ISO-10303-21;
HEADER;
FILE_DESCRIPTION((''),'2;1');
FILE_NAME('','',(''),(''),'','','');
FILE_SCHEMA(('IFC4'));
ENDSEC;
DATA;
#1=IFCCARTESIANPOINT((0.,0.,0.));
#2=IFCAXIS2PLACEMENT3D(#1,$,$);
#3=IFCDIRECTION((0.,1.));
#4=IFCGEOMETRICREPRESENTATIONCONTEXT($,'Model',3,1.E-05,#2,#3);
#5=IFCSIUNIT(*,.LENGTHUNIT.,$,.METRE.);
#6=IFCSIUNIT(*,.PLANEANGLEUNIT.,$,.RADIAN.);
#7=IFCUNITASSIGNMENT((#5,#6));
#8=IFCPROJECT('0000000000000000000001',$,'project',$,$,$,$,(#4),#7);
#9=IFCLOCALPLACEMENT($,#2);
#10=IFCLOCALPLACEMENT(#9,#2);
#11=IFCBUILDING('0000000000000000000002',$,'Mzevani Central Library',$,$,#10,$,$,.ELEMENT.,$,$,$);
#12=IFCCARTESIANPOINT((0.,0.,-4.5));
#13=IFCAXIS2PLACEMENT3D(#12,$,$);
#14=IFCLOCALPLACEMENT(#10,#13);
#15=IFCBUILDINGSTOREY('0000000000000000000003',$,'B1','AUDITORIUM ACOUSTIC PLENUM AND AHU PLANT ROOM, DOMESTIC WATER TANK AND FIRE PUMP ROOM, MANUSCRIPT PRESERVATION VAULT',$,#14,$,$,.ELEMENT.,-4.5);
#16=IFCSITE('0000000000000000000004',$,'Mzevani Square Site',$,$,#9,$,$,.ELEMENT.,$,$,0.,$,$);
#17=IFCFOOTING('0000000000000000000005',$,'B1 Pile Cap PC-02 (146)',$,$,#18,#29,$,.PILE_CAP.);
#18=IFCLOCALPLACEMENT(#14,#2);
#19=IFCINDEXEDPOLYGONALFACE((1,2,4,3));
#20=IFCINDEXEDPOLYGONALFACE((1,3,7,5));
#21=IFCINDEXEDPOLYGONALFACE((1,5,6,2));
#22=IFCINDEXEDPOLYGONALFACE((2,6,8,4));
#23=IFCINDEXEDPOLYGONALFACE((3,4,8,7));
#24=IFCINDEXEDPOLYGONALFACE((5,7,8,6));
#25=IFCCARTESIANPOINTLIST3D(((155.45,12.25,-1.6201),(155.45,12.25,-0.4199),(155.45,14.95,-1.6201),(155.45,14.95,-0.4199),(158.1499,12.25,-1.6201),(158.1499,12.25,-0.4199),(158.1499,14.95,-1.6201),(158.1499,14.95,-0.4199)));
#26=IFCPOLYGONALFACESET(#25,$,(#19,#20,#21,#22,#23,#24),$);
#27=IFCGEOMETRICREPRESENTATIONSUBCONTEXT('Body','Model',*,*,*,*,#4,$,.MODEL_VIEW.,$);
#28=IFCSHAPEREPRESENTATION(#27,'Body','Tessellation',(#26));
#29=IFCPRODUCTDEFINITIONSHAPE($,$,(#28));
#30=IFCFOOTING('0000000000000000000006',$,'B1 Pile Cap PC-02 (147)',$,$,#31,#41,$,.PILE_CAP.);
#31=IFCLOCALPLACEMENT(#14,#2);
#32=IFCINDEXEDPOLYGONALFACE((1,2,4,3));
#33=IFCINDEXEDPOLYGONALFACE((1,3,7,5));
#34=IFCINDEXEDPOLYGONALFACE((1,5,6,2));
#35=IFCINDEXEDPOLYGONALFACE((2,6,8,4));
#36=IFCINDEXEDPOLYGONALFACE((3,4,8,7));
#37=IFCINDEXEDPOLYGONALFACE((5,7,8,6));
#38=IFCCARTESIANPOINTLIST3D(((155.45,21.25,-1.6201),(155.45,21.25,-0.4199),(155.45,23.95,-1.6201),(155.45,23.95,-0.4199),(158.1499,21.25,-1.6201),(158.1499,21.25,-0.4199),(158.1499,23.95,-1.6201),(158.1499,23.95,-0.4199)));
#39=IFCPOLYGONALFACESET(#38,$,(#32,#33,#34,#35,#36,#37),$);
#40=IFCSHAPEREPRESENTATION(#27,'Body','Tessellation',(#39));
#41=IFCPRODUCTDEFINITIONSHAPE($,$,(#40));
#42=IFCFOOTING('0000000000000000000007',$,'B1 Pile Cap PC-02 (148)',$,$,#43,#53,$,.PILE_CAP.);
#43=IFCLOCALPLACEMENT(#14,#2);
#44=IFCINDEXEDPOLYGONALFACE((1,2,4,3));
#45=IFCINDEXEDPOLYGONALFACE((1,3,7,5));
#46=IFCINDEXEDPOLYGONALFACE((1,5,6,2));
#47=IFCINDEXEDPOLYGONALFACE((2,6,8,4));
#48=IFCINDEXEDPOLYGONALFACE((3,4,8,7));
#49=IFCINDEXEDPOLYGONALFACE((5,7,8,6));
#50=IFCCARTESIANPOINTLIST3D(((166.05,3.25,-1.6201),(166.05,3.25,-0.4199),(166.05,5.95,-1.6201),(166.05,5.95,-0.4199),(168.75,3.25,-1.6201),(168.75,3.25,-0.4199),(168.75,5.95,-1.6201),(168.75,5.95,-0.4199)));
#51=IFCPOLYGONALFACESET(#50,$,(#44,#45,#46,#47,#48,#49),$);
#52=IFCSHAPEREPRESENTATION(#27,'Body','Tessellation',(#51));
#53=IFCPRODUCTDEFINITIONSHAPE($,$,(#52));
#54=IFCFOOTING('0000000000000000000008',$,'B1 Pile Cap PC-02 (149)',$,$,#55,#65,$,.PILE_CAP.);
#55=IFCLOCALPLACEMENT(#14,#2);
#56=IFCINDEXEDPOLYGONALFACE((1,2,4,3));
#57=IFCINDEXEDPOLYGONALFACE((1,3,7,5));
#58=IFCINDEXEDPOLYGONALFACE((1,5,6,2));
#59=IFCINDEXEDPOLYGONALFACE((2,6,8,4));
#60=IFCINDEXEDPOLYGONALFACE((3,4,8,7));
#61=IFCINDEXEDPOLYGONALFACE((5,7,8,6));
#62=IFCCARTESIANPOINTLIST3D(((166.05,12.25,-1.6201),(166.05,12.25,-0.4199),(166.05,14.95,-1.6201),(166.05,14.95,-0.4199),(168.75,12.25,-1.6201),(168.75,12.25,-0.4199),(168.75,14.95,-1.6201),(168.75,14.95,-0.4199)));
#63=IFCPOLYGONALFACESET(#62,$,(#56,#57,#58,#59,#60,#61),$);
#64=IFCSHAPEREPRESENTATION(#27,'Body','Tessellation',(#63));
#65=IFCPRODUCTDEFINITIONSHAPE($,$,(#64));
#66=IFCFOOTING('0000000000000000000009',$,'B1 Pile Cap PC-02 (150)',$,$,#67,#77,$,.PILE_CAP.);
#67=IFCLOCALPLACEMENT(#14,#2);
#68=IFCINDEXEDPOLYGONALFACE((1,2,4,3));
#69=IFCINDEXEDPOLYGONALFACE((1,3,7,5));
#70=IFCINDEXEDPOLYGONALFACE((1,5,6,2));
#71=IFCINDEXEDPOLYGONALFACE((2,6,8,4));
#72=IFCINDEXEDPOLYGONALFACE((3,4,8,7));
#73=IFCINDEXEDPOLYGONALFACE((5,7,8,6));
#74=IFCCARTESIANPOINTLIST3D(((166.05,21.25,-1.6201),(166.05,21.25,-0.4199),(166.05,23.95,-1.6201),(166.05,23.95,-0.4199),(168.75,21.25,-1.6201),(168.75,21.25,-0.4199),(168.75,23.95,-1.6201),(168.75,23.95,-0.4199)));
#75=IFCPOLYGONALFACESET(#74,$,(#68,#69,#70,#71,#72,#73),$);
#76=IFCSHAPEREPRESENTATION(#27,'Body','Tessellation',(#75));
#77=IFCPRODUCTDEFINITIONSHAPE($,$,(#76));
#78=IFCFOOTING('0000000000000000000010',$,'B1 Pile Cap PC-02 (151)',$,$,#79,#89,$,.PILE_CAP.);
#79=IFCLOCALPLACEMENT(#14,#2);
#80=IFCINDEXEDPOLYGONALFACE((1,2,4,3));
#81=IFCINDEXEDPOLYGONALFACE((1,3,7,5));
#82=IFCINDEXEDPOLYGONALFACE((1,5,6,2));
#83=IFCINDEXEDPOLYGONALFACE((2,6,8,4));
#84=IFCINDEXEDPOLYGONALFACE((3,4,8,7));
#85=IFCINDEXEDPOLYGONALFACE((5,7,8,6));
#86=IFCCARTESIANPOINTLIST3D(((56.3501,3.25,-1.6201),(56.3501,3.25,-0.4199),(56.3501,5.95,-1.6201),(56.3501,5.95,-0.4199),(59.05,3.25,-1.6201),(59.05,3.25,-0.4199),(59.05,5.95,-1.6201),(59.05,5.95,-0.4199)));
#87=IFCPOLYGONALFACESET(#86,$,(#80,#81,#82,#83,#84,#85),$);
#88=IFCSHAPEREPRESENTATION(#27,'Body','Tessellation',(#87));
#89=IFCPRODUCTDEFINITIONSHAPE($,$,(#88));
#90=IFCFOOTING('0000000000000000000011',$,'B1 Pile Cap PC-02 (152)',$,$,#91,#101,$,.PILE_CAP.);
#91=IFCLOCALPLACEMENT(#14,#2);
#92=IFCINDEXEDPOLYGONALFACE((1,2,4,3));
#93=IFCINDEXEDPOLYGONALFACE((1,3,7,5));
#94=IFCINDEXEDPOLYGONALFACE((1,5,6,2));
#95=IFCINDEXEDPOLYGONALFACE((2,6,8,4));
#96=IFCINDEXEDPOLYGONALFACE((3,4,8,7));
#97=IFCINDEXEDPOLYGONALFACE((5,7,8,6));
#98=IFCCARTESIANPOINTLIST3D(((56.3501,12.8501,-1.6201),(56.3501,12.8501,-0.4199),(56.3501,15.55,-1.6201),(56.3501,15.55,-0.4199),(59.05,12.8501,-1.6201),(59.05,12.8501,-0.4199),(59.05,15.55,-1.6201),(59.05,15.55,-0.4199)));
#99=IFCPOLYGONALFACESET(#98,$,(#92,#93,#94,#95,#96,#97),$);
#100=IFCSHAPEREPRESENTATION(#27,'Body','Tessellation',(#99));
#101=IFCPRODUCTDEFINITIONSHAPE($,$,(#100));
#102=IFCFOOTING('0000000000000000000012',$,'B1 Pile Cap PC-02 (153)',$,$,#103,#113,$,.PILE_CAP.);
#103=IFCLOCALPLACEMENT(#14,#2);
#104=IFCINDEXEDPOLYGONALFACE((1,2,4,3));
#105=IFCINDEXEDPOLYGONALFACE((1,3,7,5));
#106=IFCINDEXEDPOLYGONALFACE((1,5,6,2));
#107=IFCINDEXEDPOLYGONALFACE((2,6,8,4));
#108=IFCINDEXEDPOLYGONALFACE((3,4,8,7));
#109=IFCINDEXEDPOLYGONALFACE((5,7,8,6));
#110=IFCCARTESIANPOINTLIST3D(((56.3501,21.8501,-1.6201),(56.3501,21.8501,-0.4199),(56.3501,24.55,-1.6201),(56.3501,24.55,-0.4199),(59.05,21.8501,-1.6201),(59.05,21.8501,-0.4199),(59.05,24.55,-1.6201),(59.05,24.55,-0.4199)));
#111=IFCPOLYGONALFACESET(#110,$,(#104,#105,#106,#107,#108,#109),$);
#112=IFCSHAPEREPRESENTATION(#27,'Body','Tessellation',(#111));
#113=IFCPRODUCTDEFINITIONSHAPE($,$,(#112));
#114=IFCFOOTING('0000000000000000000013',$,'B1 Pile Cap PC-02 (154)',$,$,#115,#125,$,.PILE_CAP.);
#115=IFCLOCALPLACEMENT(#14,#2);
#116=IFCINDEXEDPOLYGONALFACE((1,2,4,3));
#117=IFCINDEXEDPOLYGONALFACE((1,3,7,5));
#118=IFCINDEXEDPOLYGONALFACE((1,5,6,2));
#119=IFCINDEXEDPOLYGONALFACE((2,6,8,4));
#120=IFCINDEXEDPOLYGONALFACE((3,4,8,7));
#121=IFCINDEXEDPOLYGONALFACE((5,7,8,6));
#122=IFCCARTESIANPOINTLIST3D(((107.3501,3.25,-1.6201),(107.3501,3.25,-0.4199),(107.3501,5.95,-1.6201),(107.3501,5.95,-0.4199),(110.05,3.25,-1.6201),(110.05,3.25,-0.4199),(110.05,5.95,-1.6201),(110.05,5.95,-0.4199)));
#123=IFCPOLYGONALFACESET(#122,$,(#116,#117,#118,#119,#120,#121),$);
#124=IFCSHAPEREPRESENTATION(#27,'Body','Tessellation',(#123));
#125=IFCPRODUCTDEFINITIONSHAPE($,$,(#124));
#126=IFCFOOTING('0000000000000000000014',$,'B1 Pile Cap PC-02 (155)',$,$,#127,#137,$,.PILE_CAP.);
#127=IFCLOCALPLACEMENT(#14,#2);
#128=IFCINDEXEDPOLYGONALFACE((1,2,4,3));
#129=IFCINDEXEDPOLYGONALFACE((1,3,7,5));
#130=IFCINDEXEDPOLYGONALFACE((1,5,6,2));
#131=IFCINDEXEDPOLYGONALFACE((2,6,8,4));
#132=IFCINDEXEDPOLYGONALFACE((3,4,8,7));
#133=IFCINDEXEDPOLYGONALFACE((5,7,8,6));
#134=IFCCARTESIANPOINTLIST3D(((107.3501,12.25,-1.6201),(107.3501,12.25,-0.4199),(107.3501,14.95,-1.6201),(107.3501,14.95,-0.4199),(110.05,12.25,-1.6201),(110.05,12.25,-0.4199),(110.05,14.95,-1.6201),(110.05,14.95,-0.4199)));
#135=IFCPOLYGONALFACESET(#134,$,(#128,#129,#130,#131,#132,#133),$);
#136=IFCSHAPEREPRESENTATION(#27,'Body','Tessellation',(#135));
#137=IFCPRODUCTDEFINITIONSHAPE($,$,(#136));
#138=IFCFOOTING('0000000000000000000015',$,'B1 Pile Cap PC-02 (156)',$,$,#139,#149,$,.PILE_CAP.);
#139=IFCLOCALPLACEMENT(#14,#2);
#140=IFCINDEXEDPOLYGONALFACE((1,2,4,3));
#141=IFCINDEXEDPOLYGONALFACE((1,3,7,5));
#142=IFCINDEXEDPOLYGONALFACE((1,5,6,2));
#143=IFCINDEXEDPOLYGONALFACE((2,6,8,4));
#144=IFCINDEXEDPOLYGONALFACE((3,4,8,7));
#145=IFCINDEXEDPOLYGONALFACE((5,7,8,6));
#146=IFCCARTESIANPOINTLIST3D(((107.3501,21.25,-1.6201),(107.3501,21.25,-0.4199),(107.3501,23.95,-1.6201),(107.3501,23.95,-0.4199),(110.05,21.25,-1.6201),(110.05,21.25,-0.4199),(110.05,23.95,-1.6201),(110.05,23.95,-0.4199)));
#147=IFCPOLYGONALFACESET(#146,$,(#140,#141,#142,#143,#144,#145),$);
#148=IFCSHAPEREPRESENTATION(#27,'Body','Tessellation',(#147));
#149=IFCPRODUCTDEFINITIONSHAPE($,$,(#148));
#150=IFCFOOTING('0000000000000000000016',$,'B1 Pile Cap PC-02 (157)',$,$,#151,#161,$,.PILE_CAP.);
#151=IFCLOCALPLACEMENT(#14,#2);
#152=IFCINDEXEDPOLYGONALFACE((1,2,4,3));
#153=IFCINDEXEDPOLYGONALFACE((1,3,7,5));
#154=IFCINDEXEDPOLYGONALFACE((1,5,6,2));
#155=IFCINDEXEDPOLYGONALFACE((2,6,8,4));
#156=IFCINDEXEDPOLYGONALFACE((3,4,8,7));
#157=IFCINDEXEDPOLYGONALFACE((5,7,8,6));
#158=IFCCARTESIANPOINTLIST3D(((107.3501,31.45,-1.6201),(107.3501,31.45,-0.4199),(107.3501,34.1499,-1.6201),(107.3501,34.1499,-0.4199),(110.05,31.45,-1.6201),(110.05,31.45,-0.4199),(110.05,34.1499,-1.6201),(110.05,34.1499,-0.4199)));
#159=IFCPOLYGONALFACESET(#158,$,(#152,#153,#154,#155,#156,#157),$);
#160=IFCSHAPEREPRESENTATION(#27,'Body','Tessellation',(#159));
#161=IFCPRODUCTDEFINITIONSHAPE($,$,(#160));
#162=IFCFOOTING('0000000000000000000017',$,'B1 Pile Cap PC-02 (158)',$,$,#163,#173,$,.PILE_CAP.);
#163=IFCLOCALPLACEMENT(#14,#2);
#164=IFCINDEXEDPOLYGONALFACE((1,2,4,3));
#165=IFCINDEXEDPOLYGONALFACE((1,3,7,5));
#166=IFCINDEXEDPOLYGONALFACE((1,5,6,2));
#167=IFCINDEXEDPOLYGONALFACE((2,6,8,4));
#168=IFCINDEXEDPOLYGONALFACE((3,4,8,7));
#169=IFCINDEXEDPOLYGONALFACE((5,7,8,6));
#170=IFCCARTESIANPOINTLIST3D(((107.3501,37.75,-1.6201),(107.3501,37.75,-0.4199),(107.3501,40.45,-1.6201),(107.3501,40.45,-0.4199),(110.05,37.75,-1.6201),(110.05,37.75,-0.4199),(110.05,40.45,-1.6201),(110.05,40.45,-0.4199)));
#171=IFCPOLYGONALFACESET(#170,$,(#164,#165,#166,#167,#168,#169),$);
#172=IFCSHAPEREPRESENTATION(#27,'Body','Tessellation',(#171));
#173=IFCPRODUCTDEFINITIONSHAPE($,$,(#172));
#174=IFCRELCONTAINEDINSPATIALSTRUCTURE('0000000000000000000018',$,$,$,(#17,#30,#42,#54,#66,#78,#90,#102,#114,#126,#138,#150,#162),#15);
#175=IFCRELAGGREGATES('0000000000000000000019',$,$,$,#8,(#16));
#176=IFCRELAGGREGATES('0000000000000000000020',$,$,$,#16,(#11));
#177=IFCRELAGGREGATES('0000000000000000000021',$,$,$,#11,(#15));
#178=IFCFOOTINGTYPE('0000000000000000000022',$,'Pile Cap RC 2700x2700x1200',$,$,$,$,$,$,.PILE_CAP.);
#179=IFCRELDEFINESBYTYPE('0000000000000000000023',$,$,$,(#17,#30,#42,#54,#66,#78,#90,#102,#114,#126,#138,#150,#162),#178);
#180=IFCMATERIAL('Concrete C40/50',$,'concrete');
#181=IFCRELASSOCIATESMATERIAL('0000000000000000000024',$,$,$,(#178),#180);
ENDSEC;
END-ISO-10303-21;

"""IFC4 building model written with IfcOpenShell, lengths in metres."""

from ifc_helpers import new_model, si_unit, direction, frame, origin, place, context, subcontext, project, spatial, polyline, outline, extrude, material, type_object, element, save


model = new_model("IFC4")

# Units and contexts
model_context = context("Model", 3, precision=1e-05, world=origin(), true_north=direction((0.0, 1.0)))
body_context = subcontext(model_context, "Body", "Model", "MODEL_VIEW")
ifc_project = project(units=[si_unit("LENGTHUNIT", "METRE"), si_unit("PLANEANGLEUNIT", "RADIAN")], contexts=[model_context])

# Site, building, storey
site_placement = place(None, origin())
site = spatial("IfcSite", under=ifc_project, at=site_placement, Name="Mzevani Square Site", CompositionType="ELEMENT", RefElevation=0.0)
building_placement = place(site_placement, origin())
building = spatial("IfcBuilding", under=site, at=building_placement, Name="Mzevani Central Library", CompositionType="ELEMENT")
storey_placement = place(building_placement, frame((0.0, 0.0, -4.5)))
storey = spatial("IfcBuildingStorey", under=building, at=storey_placement, Name="B1", Description="AUDITORIUM ACOUSTIC PLENUM AND AHU PLANT ROOM, DOMESTIC WATER TANK AND FIRE PUMP ROOM, MANUSCRIPT PRESERVATION VAULT", CompositionType="ELEMENT", Elevation=-4.5)

# Footings
ifc_material = material(Name="Concrete C40/50", Category="concrete")
footing_type = type_object("IfcFootingType", Name="Pile Cap RC 2700x2700x1200", PredefinedType="PILE_CAP", material=ifc_material)
footing_1_placement = place(storey_placement, frame((0.0, 0.0, -1.6201)))
element("IfcFooting", 1, at=footing_1_placement, inside=storey, type_object=footing_type, Name="B1 Pile Cap PC-02 (146)", PredefinedType="PILE_CAP", context=body_context, shape_type="SweptSolid", body=[
    extrude(outline(polyline([(155.45, 12.25), (158.1499, 12.25), (158.1499, 14.95), (155.45, 14.95), (155.45, 12.25)])), origin(), (0.0, 0.0, 1.0), 1.2002),
])
footing_2_placement = place(storey_placement, frame((0.0, 0.0, -1.6201)))
element("IfcFooting", 2, at=footing_2_placement, inside=storey, type_object=footing_type, Name="B1 Pile Cap PC-02 (147)", PredefinedType="PILE_CAP", context=body_context, shape_type="SweptSolid", body=[
    extrude(outline(polyline([(155.45, 21.25), (158.1499, 21.25), (158.1499, 23.95), (155.45, 23.95), (155.45, 21.25)])), origin(), (0.0, 0.0, 1.0), 1.2002),
])
footing_3_placement = place(storey_placement, frame((0.0, 0.0, -1.6201)))
element("IfcFooting", 3, at=footing_3_placement, inside=storey, type_object=footing_type, Name="B1 Pile Cap PC-02 (148)", PredefinedType="PILE_CAP", context=body_context, shape_type="SweptSolid", body=[
    extrude(outline(polyline([(166.05, 3.25), (168.75, 3.25), (168.75, 5.95), (166.05, 5.95), (166.05, 3.25)])), origin(), (0.0, 0.0, 1.0), 1.2002),
])
footing_4_placement = place(storey_placement, frame((0.0, 0.0, -1.6201)))
element("IfcFooting", 4, at=footing_4_placement, inside=storey, type_object=footing_type, Name="B1 Pile Cap PC-02 (149)", PredefinedType="PILE_CAP", context=body_context, shape_type="SweptSolid", body=[
    extrude(outline(polyline([(166.05, 12.25), (168.75, 12.25), (168.75, 14.95), (166.05, 14.95), (166.05, 12.25)])), origin(), (0.0, 0.0, 1.0), 1.2002),
])
footing_5_placement = place(storey_placement, frame((0.0, 0.0, -1.6201)))
element("IfcFooting", 5, at=footing_5_placement, inside=storey, type_object=footing_type, Name="B1 Pile Cap PC-02 (150)", PredefinedType="PILE_CAP", context=body_context, shape_type="SweptSolid", body=[
    extrude(outline(polyline([(166.05, 21.25), (168.75, 21.25), (168.75, 23.95), (166.05, 23.95), (166.05, 21.25)])), origin(), (0.0, 0.0, 1.0), 1.2002),
])
footing_6_placement = place(storey_placement, frame((0.0, 0.0, -1.6201)))
element("IfcFooting", 6, at=footing_6_placement, inside=storey, type_object=footing_type, Name="B1 Pile Cap PC-02 (151)", PredefinedType="PILE_CAP", context=body_context, shape_type="SweptSolid", body=[
    extrude(outline(polyline([(56.3501, 3.25), (59.05, 3.25), (59.05, 5.95), (56.3501, 5.95), (56.3501, 3.25)])), origin(), (0.0, 0.0, 1.0), 1.2002),
])
footing_7_placement = place(storey_placement, frame((0.0, 0.0, -1.6201)))
element("IfcFooting", 7, at=footing_7_placement, inside=storey, type_object=footing_type, Name="B1 Pile Cap PC-02 (152)", PredefinedType="PILE_CAP", context=body_context, shape_type="SweptSolid", body=[
    extrude(outline(polyline([(56.3501, 12.8501), (59.05, 12.8501), (59.05, 15.55), (56.3501, 15.55), (56.3501, 12.8501)])), origin(), (0.0, 0.0, 1.0), 1.2002),
])
footing_8_placement = place(storey_placement, frame((0.0, 0.0, -1.6201)))
element("IfcFooting", 8, at=footing_8_placement, inside=storey, type_object=footing_type, Name="B1 Pile Cap PC-02 (153)", PredefinedType="PILE_CAP", context=body_context, shape_type="SweptSolid", body=[
    extrude(outline(polyline([(56.3501, 21.8501), (59.05, 21.8501), (59.05, 24.55), (56.3501, 24.55), (56.3501, 21.8501)])), origin(), (0.0, 0.0, 1.0), 1.2002),
])
footing_9_placement = place(storey_placement, frame((0.0, 0.0, -1.6201)))
element("IfcFooting", 9, at=footing_9_placement, inside=storey, type_object=footing_type, Name="B1 Pile Cap PC-02 (154)", PredefinedType="PILE_CAP", context=body_context, shape_type="SweptSolid", body=[
    extrude(outline(polyline([(107.3501, 3.25), (110.05, 3.25), (110.05, 5.95), (107.3501, 5.95), (107.3501, 3.25)])), origin(), (0.0, 0.0, 1.0), 1.2002),
])
footing_10_placement = place(storey_placement, frame((0.0, 0.0, -1.6201)))
element("IfcFooting", 10, at=footing_10_placement, inside=storey, type_object=footing_type, Name="B1 Pile Cap PC-02 (155)", PredefinedType="PILE_CAP", context=body_context, shape_type="SweptSolid", body=[
    extrude(outline(polyline([(107.3501, 12.25), (110.05, 12.25), (110.05, 14.95), (107.3501, 14.95), (107.3501, 12.25)])), origin(), (0.0, 0.0, 1.0), 1.2002),
])
footing_11_placement = place(storey_placement, frame((0.0, 0.0, -1.6201)))
element("IfcFooting", 11, at=footing_11_placement, inside=storey, type_object=footing_type, Name="B1 Pile Cap PC-02 (156)", PredefinedType="PILE_CAP", context=body_context, shape_type="SweptSolid", body=[
    extrude(outline(polyline([(107.3501, 21.25), (110.05, 21.25), (110.05, 23.95), (107.3501, 23.95), (107.3501, 21.25)])), origin(), (0.0, 0.0, 1.0), 1.2002),
])
footing_12_placement = place(storey_placement, frame((0.0, 0.0, -1.6201)))
element("IfcFooting", 12, at=footing_12_placement, inside=storey, type_object=footing_type, Name="B1 Pile Cap PC-02 (157)", PredefinedType="PILE_CAP", context=body_context, shape_type="SweptSolid", body=[
    extrude(outline(polyline([(107.3501, 31.45), (110.05, 31.45), (110.05, 34.1499), (107.3501, 34.1499), (107.3501, 31.45)])), origin(), (0.0, 0.0, 1.0), 1.2002),
])
footing_13_placement = place(storey_placement, frame((0.0, 0.0, -1.6201)))
element("IfcFooting", 13, at=footing_13_placement, inside=storey, type_object=footing_type, Name="B1 Pile Cap PC-02 (158)", PredefinedType="PILE_CAP", context=body_context, shape_type="SweptSolid", body=[
    extrude(outline(polyline([(107.3501, 37.75), (110.05, 37.75), (110.05, 40.45), (107.3501, 40.45), (107.3501, 37.75)])), origin(), (0.0, 0.0, 1.0), 1.2002),
])

save(model, "model.ifc")
